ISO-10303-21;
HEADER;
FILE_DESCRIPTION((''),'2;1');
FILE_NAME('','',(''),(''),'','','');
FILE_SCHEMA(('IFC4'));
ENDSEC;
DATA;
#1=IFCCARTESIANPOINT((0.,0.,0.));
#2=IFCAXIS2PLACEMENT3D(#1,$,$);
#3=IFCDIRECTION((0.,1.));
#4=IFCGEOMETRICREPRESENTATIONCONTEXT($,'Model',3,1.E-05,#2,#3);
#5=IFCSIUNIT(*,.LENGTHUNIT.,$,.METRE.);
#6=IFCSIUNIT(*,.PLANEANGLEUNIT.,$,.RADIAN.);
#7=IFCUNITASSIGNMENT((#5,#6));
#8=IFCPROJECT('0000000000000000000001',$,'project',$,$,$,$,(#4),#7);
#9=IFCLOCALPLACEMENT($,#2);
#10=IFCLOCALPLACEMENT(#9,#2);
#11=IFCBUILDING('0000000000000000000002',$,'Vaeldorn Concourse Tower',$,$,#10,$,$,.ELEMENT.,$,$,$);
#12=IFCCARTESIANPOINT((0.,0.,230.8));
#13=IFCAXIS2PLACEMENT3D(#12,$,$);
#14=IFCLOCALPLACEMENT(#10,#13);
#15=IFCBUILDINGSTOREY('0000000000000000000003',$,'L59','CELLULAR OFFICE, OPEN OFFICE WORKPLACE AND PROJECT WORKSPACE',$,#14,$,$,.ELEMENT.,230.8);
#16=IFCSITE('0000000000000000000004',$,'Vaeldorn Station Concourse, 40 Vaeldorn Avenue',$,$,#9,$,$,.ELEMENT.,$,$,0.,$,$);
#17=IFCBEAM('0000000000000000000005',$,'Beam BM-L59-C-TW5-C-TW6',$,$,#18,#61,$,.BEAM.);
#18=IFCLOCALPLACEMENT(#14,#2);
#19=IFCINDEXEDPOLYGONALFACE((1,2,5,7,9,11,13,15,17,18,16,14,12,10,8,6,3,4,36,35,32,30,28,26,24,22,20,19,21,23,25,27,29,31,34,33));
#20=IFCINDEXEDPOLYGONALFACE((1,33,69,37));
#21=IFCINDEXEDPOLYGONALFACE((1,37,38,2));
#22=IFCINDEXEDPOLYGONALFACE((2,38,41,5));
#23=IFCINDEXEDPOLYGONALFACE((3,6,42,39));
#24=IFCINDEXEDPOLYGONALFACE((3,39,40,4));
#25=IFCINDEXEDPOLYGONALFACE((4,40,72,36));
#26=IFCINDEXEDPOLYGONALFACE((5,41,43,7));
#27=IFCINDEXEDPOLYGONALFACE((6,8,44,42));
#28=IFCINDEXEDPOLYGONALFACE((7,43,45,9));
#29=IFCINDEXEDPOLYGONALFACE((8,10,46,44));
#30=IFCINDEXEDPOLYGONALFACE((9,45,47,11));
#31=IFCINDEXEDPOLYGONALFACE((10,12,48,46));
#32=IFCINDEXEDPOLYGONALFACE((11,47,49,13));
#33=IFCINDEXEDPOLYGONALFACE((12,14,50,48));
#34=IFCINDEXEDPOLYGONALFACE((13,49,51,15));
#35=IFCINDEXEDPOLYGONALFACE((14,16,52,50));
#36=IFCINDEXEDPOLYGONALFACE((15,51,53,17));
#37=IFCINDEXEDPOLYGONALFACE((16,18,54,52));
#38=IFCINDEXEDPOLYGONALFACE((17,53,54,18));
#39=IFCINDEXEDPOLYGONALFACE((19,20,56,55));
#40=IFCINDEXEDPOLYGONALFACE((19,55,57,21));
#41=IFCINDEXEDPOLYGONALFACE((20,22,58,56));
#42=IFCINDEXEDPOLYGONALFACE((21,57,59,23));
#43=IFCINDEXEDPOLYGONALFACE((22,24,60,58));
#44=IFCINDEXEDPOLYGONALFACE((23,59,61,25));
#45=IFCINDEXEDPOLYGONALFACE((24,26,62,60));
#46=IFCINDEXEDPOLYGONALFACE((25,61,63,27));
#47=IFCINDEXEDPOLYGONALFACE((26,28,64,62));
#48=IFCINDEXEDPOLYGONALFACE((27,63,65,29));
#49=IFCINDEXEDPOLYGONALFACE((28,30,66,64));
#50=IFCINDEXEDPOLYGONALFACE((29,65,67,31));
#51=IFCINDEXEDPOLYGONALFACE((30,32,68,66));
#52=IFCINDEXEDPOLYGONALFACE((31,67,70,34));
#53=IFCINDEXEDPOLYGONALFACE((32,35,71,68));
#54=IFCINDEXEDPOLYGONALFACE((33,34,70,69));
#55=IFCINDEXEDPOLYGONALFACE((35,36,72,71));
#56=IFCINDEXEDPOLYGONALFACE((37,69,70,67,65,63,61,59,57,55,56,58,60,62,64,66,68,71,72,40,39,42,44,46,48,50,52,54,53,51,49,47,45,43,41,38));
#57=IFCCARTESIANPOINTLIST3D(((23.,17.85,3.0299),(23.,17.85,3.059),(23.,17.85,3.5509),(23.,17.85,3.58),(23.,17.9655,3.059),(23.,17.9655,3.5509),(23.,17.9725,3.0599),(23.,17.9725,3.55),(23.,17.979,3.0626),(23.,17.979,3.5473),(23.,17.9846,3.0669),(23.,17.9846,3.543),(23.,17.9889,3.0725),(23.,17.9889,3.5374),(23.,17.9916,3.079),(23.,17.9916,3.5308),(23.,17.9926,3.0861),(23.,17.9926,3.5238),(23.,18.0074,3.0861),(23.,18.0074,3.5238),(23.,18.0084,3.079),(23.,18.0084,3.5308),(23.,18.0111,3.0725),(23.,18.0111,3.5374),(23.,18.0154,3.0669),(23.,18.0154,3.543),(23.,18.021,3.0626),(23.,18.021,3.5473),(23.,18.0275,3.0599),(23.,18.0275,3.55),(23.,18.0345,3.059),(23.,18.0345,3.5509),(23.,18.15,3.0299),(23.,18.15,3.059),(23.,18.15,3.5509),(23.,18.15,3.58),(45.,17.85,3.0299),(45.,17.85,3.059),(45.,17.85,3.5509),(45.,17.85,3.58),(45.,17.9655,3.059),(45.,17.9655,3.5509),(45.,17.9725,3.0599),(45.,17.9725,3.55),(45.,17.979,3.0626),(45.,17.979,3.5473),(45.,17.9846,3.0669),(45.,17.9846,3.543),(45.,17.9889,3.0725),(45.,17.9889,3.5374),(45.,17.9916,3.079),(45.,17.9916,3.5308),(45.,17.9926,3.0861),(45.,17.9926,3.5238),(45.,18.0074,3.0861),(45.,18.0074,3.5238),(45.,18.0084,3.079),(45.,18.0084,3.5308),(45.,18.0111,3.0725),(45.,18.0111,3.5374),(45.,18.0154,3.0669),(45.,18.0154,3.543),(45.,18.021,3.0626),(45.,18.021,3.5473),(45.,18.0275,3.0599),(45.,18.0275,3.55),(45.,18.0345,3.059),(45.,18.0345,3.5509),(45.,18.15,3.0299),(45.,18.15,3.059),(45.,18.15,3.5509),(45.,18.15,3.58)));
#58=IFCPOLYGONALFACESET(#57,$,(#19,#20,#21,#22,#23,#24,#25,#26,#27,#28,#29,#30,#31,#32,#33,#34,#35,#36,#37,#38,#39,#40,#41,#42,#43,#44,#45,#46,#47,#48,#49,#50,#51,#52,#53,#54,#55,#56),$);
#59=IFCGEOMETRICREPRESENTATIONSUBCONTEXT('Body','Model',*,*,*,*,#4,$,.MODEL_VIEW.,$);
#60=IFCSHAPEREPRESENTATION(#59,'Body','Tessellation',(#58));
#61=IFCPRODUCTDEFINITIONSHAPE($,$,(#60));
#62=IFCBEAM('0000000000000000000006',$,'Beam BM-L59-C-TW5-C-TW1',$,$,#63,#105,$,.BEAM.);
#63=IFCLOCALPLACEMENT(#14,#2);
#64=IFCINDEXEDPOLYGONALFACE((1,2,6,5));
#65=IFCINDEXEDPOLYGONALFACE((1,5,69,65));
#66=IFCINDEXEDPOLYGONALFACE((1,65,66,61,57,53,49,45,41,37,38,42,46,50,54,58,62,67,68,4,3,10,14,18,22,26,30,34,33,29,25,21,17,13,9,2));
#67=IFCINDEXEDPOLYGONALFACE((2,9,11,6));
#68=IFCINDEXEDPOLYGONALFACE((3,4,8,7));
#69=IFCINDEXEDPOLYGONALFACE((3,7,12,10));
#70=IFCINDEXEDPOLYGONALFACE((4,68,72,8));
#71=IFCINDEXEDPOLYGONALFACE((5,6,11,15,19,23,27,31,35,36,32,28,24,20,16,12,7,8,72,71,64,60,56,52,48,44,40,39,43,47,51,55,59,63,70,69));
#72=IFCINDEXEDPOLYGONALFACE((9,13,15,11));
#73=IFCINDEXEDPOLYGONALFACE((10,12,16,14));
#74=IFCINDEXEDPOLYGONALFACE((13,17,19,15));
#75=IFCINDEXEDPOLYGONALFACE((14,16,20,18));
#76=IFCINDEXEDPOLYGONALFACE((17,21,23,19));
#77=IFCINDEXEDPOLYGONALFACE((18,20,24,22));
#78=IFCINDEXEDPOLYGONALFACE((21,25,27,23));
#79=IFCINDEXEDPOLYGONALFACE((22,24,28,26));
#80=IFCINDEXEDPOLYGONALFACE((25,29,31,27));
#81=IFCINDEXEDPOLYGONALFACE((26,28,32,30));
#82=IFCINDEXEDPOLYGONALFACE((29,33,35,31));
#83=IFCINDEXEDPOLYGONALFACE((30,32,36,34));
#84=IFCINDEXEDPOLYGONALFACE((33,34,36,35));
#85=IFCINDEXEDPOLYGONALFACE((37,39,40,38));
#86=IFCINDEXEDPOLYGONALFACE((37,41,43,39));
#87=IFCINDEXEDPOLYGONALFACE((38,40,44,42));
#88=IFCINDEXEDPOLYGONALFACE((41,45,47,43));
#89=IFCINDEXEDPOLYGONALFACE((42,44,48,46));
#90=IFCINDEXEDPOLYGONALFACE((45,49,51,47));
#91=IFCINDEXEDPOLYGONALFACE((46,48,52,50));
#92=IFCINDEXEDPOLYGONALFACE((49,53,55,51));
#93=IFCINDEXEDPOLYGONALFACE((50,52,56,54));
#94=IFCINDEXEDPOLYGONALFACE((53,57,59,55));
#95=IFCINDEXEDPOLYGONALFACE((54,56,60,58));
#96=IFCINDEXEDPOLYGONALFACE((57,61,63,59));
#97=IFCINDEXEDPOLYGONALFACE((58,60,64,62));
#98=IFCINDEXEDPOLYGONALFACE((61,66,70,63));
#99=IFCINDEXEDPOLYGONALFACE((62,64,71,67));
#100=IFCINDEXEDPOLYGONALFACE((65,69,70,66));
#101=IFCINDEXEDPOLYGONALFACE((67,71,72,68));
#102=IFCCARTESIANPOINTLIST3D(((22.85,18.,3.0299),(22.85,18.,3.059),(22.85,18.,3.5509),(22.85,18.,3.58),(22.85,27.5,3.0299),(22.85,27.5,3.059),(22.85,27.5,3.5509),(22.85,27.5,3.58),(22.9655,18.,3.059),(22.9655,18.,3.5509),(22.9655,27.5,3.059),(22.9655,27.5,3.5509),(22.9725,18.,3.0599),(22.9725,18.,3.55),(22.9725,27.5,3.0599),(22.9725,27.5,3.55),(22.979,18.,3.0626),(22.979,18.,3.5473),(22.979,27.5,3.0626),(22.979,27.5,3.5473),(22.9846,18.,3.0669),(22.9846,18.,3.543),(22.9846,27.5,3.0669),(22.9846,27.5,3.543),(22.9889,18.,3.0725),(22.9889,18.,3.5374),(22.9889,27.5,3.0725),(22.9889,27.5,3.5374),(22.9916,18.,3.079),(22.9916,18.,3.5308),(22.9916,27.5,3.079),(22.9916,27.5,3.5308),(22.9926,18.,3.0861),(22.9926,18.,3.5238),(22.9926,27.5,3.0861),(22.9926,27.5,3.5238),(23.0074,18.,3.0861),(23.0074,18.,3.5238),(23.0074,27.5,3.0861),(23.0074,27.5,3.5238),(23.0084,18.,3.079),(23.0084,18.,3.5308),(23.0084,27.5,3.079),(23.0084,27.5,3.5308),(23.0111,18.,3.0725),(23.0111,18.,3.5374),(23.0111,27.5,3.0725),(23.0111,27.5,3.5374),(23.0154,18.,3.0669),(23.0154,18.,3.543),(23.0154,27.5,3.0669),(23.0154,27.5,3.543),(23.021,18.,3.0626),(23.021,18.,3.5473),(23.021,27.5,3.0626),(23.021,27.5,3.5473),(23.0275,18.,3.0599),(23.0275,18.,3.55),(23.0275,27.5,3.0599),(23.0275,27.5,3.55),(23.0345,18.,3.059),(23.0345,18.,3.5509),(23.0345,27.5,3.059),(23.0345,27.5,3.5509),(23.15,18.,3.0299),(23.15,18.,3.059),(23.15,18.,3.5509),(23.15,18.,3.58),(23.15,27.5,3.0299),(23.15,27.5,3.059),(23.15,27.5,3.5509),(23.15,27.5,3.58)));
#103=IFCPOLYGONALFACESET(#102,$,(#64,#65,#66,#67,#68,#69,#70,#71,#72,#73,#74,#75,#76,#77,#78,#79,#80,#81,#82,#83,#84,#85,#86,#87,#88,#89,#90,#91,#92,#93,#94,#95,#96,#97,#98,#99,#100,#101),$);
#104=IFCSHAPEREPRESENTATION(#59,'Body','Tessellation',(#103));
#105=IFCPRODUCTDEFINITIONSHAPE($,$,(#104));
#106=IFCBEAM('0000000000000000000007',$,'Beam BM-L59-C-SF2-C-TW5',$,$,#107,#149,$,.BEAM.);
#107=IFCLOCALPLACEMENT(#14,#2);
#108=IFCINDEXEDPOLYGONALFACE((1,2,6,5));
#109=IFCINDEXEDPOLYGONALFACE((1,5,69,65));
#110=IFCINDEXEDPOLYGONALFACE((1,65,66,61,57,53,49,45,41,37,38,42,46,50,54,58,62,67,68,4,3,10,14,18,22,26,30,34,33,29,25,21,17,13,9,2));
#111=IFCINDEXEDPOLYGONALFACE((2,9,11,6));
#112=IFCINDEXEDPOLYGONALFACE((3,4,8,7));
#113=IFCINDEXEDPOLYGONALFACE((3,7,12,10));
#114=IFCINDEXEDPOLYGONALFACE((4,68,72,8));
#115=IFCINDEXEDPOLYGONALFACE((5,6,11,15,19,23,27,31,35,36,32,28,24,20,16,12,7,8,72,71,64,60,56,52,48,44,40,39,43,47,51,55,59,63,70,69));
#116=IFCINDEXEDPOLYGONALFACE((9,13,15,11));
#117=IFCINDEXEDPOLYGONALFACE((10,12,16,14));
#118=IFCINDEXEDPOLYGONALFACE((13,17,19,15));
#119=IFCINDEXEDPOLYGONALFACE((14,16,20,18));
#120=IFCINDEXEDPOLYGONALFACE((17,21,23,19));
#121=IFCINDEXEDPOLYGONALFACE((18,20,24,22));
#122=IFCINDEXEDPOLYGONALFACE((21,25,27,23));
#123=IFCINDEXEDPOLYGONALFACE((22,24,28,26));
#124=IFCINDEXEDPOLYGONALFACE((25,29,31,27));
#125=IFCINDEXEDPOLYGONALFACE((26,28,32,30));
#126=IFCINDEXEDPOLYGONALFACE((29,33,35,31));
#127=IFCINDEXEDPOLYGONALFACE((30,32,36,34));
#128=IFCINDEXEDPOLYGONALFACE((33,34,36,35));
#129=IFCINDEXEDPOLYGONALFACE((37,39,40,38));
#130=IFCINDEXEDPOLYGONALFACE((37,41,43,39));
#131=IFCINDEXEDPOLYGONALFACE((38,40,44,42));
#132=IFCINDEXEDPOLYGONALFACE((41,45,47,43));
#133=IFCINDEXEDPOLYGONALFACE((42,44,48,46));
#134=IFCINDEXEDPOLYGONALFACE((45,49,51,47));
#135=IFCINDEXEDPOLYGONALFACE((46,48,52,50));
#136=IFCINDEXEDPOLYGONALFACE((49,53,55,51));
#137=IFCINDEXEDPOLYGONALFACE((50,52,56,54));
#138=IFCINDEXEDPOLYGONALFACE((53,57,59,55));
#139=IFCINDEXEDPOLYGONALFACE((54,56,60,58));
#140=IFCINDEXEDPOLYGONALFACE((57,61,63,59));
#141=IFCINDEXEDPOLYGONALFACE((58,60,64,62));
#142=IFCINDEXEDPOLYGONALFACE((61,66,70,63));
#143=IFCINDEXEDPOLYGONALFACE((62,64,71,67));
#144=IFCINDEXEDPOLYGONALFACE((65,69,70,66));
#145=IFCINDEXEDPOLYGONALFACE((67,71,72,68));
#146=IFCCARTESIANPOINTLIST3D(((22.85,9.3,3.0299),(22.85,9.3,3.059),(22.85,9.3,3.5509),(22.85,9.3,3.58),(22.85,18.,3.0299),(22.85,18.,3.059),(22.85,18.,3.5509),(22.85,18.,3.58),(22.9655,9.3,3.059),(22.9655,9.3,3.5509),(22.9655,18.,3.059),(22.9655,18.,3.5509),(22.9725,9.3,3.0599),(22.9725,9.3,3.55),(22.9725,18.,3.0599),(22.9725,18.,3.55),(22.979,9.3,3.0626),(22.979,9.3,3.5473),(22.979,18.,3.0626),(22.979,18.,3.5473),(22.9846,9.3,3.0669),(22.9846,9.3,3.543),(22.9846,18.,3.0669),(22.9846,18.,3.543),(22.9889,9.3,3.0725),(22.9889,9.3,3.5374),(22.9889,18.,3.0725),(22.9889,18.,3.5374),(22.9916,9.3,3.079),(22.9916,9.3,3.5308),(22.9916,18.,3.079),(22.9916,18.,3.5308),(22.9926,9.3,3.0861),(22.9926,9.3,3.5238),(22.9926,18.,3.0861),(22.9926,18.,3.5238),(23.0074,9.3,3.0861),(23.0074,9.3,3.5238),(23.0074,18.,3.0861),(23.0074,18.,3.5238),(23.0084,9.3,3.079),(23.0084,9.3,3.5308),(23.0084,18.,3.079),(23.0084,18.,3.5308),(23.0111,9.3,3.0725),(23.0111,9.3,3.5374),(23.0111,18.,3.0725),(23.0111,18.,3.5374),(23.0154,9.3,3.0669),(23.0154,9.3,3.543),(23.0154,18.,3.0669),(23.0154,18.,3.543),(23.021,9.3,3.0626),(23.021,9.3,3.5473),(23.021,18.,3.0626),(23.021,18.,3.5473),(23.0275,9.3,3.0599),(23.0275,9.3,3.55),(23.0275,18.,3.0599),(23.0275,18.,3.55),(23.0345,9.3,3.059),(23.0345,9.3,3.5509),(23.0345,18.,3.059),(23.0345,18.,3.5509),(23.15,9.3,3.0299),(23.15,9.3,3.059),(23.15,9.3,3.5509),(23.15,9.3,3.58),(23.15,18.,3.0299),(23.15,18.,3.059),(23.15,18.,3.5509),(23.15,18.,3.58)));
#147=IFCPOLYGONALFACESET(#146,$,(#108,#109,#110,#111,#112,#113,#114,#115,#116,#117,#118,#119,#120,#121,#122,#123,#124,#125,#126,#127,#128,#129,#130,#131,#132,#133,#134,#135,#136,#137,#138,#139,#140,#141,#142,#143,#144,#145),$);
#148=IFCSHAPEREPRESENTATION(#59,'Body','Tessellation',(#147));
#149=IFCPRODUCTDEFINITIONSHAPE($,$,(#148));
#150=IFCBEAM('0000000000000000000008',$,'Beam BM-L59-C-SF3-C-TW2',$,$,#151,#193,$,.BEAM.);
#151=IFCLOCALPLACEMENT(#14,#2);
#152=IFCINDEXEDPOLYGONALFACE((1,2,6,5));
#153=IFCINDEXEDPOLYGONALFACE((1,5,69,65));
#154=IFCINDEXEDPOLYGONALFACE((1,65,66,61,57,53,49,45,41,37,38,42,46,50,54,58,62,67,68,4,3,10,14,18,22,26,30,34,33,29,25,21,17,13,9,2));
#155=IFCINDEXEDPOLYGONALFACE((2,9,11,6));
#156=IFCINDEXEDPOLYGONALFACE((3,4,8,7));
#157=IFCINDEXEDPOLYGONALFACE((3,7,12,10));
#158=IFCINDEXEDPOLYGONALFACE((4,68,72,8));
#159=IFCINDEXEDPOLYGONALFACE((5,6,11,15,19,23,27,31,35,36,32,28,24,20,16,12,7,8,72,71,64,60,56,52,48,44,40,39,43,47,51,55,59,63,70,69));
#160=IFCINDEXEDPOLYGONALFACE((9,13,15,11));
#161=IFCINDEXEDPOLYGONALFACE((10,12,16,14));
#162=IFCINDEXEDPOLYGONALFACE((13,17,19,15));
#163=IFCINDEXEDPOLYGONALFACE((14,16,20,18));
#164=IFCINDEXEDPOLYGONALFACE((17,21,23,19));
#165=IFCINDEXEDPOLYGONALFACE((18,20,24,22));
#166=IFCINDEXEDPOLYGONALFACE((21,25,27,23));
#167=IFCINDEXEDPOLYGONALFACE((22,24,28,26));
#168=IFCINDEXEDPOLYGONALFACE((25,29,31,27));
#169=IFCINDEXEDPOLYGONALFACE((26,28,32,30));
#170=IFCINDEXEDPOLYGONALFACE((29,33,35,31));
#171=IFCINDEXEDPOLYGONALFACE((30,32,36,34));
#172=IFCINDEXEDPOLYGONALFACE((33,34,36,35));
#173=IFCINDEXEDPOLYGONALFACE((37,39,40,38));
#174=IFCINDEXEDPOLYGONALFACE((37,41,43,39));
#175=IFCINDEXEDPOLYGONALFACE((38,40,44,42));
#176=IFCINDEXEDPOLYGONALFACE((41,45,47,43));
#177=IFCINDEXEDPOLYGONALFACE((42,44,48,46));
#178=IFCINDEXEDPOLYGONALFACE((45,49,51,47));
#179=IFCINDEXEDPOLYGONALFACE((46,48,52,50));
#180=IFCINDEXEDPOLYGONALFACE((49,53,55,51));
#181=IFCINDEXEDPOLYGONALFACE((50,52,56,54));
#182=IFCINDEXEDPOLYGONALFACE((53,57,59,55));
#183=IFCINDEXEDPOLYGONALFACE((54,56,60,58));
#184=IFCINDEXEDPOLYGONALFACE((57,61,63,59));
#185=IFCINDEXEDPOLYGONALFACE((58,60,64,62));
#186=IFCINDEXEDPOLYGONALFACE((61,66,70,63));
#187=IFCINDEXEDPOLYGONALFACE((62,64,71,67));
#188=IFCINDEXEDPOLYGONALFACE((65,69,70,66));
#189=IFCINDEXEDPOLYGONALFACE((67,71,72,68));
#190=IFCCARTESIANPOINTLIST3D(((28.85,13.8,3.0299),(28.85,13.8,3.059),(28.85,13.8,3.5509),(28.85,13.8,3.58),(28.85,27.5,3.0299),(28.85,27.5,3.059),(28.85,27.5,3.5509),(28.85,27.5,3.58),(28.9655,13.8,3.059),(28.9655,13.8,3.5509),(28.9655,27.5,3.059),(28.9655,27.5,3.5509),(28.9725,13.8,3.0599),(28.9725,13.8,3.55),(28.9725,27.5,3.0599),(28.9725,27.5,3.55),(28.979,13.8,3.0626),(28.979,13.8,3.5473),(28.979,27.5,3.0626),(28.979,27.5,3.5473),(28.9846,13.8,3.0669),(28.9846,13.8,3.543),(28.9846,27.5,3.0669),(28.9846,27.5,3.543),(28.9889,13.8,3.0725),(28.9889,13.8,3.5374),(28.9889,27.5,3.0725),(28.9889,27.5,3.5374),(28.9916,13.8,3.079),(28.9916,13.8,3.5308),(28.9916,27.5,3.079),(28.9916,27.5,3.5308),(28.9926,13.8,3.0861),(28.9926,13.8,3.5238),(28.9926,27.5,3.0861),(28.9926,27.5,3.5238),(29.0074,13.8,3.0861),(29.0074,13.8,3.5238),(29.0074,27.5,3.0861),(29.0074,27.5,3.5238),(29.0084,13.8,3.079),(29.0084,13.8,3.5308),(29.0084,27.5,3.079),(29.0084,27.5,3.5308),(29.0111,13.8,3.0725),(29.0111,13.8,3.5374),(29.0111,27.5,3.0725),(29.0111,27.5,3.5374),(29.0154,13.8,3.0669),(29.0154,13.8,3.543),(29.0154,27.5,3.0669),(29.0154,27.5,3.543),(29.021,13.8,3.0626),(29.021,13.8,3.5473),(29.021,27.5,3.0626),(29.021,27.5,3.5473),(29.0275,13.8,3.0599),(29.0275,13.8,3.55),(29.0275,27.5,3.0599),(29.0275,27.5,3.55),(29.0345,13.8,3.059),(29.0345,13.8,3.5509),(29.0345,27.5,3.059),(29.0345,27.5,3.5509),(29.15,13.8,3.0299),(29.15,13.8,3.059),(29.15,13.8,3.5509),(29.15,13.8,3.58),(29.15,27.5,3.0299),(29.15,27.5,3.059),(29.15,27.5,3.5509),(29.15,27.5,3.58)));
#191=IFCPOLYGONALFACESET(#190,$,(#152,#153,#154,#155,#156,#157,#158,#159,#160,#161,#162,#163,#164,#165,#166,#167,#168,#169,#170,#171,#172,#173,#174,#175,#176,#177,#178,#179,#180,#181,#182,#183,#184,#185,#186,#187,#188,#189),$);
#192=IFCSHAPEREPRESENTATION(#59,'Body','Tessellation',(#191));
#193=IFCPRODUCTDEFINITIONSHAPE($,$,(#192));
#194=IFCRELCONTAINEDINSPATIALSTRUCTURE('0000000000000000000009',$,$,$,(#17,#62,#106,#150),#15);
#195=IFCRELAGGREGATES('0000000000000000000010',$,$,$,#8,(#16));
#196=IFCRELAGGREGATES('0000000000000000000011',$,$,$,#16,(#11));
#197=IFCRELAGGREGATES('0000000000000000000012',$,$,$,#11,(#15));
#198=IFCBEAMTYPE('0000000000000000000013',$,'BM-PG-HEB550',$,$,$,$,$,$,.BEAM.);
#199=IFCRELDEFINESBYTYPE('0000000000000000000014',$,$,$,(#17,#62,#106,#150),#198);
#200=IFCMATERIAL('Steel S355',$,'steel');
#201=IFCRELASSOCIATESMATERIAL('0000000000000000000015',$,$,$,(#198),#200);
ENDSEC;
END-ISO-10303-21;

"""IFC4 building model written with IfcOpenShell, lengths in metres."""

from ifc_helpers import new_model, si_unit, direction, frame, origin, origin_2d, place, context, subcontext, project, spatial, i_section, extrude, source, transform, mapped, material, material_profile, profile_set, type_object, element, save


model = new_model("IFC4")

# Units and contexts
model_context = context("Model", 3, precision=1e-05, world=origin(), true_north=direction((0.0, 1.0)))
body_context = subcontext(model_context, "Body", "Model", "MODEL_VIEW")
ifc_project = project(units=[si_unit("LENGTHUNIT", "METRE"), si_unit("PLANEANGLEUNIT", "RADIAN")], contexts=[model_context])

# Site, building, storey
site_placement = place(None, origin())
site = spatial("IfcSite", under=ifc_project, at=site_placement, Name="Vaeldorn Station Concourse, 40 Vaeldorn Avenue", CompositionType="ELEMENT", RefElevation=0.0)
building_placement = place(site_placement, origin())
building = spatial("IfcBuilding", under=site, at=building_placement, Name="Vaeldorn Concourse Tower", CompositionType="ELEMENT")
storey_placement = place(building_placement, frame((0.0, 0.0, 230.8)))
storey = spatial("IfcBuildingStorey", under=building, at=storey_placement, Name="L59", Description="CELLULAR OFFICE, OPEN OFFICE WORKPLACE AND PROJECT WORKSPACE", CompositionType="ELEMENT", Elevation=230.8)

# Shared definitions
ifc_material_1 = material(Name="Steel S355", Category="steel")

# Beams
ifc_material_profile_1 = material_profile(ifc_material_1, i_section(OverallWidth=0.3, OverallDepth=0.55, WebThickness=0.0149, FlangeThickness=0.0291, FilletRadius=0.0271, at=origin_2d()), Name="HEB 550")
ifc_profile_set_1 = profile_set([ifc_material_profile_1], Name="Steel S355")
beam_type_1 = type_object("IfcBeamType", Name="BM-PG-HEB550", PredefinedType="BEAM", material=ifc_profile_set_1)
shared_shape_1 = source(origin(), body_context, "Body", "SweptSolid", [
    extrude(i_section(OverallWidth=0.3, OverallDepth=0.55, WebThickness=0.0149, FlangeThickness=0.0291, FilletRadius=0.0271, at=origin_2d()), origin(), (0.0, 0.0, 1.0), 22.0),
])
beam_1_placement = place(storey_placement, frame((23.0, 18.0, 3.3049), z_axis=(1.0, 0.0, 0.0), x_axis=(0.0, 1.0, 0.0)))
element("IfcBeam", 1, at=beam_1_placement, inside=storey, type_object=beam_type_1, Name="Beam BM-L59-C-TW5-C-TW6", PredefinedType="BEAM", context=body_context, shape_type="MappedRepresentation", body=[
    mapped(shared_shape_1, transform((0.0, 0.0, 0.0), scale=1.0)),
])
shared_shape_2 = source(origin(), body_context, "Body", "SweptSolid", [
    extrude(i_section(OverallWidth=0.3, OverallDepth=0.55, WebThickness=0.0149, FlangeThickness=0.0291, FilletRadius=0.0271, at=origin_2d()), origin(), (0.0, 0.0, 1.0), 9.5),
])
beam_2_placement = place(storey_placement, frame((23.0, 18.0, 3.3049), z_axis=(0.0, 1.0, 0.0), x_axis=(-1.0, 0.0, 0.0)))
element("IfcBeam", 2, at=beam_2_placement, inside=storey, type_object=beam_type_1, Name="Beam BM-L59-C-TW5-C-TW1", PredefinedType="BEAM", context=body_context, shape_type="MappedRepresentation", body=[
    mapped(shared_shape_2, transform((0.0, 0.0, 0.0), scale=1.0)),
])
shared_shape_3 = source(origin(), body_context, "Body", "SweptSolid", [
    extrude(i_section(OverallWidth=0.3, OverallDepth=0.55, WebThickness=0.0149, FlangeThickness=0.0291, FilletRadius=0.0271, at=origin_2d()), origin(), (0.0, 0.0, 1.0), 8.7),
])
beam_3_placement = place(storey_placement, frame((23.0, 9.3, 3.3049), z_axis=(0.0, 1.0, 0.0), x_axis=(-1.0, 0.0, 0.0)))
element("IfcBeam", 3, at=beam_3_placement, inside=storey, type_object=beam_type_1, Name="Beam BM-L59-C-SF2-C-TW5", PredefinedType="BEAM", context=body_context, shape_type="MappedRepresentation", body=[
    mapped(shared_shape_3, transform((0.0, 0.0, 0.0), scale=1.0)),
])
shared_shape_4 = source(origin(), body_context, "Body", "SweptSolid", [
    extrude(i_section(OverallWidth=0.3, OverallDepth=0.55, WebThickness=0.0149, FlangeThickness=0.0291, FilletRadius=0.0271, at=origin_2d()), origin(), (0.0, 0.0, 1.0), 13.7),
])
beam_4_placement = place(storey_placement, frame((29.0, 13.8, 3.3049), z_axis=(0.0, 1.0, 0.0), x_axis=(-1.0, 0.0, 0.0)))
element("IfcBeam", 4, at=beam_4_placement, inside=storey, type_object=beam_type_1, Name="Beam BM-L59-C-SF3-C-TW2", PredefinedType="BEAM", context=body_context, shape_type="MappedRepresentation", body=[
    mapped(shared_shape_4, transform((0.0, 0.0, 0.0), scale=1.0)),
])

save(model, "model.ifc")
